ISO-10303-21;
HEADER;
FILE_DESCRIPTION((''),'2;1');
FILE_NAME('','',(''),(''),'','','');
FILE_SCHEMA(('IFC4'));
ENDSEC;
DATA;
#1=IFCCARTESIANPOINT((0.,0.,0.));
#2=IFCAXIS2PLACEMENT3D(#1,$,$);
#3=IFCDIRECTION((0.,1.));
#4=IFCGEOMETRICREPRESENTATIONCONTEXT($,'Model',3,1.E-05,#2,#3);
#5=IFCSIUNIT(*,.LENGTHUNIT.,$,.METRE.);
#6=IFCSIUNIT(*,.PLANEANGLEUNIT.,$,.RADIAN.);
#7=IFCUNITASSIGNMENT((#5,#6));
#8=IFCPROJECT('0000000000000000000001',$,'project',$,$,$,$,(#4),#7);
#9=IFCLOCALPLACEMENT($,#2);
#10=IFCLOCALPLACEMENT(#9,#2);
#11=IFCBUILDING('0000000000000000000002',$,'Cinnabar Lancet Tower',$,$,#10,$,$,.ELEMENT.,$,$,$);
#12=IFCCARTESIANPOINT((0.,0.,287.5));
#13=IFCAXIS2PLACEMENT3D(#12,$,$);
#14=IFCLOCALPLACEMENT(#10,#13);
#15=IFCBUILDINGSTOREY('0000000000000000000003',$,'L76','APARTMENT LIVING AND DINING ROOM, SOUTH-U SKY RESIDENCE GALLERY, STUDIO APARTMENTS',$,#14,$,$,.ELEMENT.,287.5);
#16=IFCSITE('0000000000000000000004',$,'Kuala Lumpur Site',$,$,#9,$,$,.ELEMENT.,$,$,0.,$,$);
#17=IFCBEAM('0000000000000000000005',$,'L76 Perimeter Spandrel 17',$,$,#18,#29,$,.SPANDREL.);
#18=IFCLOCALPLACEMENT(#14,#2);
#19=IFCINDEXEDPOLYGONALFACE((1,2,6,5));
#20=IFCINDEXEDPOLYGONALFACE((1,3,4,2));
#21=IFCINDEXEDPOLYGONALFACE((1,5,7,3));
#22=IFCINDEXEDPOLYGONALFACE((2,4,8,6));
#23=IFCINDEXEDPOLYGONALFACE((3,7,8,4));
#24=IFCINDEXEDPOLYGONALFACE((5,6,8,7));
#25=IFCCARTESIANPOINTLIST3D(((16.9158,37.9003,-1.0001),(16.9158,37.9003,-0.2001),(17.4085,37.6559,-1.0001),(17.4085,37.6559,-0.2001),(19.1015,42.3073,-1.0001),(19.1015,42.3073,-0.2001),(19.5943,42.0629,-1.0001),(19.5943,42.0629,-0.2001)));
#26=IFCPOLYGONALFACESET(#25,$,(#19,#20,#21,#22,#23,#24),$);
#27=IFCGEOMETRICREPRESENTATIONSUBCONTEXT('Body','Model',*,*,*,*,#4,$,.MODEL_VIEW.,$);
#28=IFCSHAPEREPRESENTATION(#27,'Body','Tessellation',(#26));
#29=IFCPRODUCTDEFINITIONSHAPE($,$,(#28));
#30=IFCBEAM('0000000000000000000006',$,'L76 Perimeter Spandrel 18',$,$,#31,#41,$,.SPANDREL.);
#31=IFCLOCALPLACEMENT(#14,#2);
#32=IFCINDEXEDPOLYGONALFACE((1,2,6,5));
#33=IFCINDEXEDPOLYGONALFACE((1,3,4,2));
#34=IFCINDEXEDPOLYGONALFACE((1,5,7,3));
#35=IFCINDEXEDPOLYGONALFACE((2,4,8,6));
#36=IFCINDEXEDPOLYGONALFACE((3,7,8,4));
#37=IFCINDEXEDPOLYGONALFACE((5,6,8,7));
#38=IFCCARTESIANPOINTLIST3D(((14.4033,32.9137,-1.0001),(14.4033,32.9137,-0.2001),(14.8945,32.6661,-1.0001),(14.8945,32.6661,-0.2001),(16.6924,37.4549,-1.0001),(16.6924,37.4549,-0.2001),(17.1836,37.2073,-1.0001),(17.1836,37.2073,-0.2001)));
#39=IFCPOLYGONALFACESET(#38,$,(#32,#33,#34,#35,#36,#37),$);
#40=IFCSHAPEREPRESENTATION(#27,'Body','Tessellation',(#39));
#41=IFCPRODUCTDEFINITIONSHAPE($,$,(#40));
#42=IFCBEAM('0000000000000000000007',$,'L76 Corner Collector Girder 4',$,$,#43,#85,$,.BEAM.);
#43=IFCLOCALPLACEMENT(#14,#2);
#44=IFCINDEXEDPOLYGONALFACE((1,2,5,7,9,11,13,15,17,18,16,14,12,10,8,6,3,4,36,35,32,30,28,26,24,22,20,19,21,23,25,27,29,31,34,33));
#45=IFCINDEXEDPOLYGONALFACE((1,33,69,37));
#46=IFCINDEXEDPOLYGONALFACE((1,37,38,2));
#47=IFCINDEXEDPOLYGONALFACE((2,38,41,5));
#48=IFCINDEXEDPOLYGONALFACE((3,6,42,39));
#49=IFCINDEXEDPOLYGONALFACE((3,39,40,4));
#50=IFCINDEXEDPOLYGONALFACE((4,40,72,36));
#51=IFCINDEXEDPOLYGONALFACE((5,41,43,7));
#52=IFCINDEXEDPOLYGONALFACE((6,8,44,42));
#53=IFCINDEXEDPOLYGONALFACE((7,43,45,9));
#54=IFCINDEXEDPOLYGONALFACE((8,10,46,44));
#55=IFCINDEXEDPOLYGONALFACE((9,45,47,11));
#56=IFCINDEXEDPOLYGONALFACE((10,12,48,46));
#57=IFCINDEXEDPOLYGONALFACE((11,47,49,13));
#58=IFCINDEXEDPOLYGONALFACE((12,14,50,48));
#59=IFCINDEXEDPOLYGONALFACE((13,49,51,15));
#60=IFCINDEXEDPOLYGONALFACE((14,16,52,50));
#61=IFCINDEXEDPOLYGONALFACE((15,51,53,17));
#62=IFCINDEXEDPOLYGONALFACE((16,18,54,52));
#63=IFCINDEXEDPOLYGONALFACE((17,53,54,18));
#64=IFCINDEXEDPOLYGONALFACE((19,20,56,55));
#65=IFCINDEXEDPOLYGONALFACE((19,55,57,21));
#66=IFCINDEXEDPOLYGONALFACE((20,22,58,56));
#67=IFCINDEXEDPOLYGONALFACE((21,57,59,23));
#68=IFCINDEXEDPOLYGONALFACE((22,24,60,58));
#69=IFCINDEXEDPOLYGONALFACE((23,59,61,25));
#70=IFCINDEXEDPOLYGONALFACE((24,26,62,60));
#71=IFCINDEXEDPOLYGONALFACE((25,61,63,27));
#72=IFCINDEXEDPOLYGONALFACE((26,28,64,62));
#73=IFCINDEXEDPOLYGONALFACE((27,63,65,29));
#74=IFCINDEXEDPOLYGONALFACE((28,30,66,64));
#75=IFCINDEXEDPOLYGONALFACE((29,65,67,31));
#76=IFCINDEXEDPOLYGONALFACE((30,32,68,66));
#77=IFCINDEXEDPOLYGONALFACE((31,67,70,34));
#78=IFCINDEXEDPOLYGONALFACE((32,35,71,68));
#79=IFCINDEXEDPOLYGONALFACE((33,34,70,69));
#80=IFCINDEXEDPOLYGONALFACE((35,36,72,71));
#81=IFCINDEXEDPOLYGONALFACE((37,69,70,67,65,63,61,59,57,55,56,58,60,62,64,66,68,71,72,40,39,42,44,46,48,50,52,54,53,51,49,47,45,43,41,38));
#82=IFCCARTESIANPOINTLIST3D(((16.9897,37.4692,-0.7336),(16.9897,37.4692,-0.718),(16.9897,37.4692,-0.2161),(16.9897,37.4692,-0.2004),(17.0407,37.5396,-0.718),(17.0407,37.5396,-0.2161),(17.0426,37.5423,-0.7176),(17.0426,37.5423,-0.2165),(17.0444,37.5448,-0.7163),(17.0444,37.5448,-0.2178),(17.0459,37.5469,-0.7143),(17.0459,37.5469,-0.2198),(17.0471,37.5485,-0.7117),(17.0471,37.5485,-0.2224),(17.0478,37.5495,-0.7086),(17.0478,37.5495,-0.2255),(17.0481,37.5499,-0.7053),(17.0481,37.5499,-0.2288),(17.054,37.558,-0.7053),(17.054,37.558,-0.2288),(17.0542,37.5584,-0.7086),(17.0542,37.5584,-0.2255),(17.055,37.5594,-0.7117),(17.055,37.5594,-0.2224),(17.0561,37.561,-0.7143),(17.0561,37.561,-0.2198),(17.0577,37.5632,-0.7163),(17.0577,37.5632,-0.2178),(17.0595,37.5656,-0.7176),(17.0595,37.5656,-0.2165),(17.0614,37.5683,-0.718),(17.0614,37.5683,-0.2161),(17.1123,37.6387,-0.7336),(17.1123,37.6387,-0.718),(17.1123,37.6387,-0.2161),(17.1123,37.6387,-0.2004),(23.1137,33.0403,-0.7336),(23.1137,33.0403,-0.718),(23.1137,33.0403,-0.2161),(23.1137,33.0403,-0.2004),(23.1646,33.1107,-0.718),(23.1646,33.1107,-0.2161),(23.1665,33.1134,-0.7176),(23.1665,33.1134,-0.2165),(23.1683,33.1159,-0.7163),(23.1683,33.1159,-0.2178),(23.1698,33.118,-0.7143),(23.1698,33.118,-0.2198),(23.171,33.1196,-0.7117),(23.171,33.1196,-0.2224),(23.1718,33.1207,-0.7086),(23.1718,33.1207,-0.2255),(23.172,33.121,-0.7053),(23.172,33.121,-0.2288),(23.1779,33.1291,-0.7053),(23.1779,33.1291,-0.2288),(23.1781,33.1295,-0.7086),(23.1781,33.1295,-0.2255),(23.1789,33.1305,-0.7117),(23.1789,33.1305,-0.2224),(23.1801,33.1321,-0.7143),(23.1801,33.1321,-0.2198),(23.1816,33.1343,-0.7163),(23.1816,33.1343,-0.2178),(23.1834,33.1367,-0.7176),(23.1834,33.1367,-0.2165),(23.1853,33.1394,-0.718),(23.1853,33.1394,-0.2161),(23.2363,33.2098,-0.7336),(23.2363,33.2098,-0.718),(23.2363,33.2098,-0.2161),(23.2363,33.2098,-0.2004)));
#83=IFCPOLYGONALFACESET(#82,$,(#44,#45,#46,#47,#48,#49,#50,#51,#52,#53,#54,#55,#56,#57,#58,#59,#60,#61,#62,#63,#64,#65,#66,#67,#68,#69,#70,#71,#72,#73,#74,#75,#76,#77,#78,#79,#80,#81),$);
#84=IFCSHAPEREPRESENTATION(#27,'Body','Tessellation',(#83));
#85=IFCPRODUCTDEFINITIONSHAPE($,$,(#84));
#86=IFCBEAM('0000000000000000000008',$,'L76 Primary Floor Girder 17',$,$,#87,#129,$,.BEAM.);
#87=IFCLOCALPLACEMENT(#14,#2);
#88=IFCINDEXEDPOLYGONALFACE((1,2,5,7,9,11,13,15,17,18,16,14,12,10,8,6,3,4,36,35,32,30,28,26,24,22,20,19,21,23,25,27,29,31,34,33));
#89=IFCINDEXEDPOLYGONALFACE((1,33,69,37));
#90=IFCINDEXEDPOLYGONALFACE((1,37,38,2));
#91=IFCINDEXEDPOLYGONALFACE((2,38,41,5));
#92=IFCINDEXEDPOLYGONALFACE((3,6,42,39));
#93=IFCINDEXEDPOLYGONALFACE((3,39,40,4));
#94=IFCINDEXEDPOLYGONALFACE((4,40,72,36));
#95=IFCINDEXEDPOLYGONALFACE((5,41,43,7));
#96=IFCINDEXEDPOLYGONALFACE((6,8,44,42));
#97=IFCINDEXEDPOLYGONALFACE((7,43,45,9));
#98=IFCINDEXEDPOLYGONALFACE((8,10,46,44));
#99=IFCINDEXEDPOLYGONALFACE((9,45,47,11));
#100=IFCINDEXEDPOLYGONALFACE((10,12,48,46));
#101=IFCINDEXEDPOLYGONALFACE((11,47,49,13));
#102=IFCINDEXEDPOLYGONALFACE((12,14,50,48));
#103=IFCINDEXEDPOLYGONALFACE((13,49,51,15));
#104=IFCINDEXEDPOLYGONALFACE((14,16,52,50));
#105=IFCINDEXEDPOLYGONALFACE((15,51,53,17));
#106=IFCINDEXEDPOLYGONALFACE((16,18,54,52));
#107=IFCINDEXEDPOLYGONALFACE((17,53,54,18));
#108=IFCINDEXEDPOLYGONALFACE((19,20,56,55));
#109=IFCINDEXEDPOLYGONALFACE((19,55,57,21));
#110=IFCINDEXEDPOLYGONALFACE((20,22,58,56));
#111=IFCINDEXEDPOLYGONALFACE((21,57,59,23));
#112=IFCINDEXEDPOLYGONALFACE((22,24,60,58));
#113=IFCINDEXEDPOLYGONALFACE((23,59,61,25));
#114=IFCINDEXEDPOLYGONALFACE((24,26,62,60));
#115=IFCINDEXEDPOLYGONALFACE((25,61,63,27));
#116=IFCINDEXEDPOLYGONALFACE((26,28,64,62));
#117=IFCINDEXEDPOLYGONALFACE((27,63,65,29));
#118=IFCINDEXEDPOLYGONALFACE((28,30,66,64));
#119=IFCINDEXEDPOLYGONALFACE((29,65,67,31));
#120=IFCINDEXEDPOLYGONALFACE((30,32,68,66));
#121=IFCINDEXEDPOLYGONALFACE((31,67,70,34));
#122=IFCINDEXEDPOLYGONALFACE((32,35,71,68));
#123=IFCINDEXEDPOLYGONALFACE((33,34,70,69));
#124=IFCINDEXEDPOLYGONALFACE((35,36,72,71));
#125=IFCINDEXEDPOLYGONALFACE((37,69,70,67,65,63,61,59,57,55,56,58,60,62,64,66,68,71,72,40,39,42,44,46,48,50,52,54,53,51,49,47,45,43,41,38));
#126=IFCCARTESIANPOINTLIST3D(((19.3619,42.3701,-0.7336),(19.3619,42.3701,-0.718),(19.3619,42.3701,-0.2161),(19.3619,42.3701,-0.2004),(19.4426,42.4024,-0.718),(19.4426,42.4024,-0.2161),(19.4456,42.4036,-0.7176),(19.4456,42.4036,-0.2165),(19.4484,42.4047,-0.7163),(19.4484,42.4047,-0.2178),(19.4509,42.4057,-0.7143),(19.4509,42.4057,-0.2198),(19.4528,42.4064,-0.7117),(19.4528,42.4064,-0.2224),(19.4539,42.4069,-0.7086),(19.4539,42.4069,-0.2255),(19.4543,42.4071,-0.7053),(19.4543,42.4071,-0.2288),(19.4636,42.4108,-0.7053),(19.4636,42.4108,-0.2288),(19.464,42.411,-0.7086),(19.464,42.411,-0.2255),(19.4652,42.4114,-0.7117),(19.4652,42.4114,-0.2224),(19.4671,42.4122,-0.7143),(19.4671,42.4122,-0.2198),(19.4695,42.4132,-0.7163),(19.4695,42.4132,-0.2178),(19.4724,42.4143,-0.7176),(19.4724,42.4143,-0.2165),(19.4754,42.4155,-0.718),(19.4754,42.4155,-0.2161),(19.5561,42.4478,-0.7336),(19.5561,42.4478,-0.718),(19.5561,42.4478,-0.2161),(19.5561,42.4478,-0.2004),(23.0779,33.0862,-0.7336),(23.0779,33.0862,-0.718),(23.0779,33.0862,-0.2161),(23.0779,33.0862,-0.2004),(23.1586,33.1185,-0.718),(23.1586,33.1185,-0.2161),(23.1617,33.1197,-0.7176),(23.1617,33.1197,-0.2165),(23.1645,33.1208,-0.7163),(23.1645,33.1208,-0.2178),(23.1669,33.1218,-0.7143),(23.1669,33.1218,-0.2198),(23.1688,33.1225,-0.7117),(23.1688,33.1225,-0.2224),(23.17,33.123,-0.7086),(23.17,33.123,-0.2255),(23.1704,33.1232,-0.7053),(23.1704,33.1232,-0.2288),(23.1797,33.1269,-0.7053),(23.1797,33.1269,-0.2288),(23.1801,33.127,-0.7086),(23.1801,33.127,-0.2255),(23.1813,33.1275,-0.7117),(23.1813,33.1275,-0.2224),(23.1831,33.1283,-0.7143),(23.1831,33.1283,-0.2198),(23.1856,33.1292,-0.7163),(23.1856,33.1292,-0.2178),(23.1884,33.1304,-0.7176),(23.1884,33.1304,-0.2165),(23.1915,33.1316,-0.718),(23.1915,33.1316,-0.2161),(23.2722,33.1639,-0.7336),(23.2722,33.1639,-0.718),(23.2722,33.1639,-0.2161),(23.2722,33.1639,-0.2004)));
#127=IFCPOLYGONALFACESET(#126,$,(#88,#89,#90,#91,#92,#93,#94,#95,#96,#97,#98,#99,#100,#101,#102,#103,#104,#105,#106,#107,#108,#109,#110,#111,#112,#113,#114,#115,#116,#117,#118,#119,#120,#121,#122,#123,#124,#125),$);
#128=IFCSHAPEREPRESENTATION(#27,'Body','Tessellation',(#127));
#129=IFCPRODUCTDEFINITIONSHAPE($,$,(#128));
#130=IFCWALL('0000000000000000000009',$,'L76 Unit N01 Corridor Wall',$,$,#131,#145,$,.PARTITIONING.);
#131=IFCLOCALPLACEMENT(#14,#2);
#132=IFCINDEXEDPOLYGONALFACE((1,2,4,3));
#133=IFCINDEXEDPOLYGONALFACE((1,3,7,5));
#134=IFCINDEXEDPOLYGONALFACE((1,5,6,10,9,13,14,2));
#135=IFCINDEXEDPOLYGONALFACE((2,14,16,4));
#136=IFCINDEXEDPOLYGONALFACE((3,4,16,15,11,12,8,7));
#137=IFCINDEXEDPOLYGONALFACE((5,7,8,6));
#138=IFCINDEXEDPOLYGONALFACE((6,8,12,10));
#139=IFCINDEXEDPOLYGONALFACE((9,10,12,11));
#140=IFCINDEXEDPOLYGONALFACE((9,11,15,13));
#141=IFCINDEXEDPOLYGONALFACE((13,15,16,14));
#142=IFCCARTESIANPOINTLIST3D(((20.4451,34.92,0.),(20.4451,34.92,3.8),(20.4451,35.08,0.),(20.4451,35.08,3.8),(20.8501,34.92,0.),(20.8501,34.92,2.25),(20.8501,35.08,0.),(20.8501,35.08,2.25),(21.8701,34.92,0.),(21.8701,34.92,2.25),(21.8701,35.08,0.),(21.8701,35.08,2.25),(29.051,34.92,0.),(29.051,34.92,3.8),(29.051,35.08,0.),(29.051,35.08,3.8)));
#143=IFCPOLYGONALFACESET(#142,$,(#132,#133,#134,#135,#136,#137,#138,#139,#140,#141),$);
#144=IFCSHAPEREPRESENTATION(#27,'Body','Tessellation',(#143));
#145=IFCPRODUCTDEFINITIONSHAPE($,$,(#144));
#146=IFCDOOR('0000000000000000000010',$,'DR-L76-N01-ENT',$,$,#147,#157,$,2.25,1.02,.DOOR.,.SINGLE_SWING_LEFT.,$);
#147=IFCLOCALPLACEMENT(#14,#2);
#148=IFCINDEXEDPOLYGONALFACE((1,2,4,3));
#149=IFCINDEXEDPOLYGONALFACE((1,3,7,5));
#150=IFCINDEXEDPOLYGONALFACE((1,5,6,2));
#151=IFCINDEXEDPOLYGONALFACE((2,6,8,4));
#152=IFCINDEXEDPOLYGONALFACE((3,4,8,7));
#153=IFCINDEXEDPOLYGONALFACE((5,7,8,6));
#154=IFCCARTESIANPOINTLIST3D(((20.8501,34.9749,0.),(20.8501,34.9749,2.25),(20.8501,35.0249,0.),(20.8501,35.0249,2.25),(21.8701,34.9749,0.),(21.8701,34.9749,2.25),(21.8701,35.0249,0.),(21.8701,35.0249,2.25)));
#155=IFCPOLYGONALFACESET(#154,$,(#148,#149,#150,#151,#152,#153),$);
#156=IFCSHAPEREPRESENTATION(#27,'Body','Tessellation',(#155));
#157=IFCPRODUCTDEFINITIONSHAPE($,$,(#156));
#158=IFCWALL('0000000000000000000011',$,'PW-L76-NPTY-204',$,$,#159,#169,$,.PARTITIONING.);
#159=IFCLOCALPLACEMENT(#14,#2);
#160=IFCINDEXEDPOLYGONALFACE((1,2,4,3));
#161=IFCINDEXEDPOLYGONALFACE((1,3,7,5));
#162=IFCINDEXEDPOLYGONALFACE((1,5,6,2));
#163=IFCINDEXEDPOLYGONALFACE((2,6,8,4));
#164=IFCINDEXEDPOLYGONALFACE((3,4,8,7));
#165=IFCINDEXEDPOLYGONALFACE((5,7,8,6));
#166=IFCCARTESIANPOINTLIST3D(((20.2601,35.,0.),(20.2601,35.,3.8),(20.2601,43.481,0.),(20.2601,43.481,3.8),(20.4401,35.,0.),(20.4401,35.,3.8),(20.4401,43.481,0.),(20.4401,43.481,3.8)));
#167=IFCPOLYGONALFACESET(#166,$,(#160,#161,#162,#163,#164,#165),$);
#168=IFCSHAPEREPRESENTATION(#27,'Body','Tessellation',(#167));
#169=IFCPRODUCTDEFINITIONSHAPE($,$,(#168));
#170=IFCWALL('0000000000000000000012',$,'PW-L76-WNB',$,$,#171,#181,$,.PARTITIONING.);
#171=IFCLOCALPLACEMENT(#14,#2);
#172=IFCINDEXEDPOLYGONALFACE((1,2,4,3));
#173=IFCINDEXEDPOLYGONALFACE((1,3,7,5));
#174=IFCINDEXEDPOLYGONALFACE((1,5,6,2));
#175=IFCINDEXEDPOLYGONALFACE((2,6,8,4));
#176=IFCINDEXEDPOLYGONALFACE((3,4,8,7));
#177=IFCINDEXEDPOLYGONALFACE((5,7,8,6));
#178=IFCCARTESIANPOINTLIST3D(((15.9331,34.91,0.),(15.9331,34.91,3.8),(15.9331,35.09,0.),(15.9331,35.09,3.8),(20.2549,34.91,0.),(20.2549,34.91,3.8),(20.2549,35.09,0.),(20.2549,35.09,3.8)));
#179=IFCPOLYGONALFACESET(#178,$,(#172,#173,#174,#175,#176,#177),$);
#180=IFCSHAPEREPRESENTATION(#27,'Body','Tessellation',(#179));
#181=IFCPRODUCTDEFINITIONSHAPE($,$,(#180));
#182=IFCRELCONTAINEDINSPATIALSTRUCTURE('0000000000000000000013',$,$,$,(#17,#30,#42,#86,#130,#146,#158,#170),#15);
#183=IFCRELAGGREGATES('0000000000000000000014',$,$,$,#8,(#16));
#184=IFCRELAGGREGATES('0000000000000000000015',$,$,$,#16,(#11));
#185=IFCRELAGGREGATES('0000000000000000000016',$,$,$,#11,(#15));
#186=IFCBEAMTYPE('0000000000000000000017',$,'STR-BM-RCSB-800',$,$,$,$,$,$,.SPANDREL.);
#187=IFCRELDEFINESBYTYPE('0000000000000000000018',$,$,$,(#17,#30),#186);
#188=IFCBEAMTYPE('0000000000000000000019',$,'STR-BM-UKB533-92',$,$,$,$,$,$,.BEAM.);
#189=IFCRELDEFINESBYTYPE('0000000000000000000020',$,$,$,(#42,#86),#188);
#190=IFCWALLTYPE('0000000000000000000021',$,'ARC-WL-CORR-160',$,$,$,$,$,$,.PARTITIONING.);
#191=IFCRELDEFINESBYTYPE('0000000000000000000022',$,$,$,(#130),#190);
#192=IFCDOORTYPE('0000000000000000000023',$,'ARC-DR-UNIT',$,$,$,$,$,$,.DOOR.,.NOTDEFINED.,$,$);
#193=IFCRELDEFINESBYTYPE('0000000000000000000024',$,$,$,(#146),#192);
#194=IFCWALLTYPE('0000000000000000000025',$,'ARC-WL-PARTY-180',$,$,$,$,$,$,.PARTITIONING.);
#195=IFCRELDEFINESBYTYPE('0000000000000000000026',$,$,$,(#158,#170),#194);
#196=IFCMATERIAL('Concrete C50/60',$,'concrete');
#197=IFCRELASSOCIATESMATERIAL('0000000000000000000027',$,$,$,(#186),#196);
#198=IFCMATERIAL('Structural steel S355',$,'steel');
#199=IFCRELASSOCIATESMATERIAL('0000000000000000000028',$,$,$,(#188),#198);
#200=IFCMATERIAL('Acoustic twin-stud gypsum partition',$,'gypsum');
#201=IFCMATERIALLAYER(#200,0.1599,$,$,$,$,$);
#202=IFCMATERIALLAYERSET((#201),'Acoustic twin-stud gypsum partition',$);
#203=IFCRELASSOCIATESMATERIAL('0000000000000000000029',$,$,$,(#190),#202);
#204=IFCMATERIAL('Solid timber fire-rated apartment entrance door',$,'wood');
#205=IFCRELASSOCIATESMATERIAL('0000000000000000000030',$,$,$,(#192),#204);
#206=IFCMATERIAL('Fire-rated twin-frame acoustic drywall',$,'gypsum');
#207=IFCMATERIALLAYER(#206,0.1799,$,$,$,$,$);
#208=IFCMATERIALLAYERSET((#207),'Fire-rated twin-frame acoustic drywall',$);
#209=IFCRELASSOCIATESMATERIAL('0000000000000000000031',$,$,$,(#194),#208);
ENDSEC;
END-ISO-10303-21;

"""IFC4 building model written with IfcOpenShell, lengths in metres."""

from ifc_helpers import new_model, si_unit, direction, frame, frame_2d, origin, origin_2d, place, context, subcontext, project, spatial, rectangle, i_section, extrude, material, layer, layer_set, material_profile, profile_set, type_object, element, fill, save


model = new_model("IFC4")

# Units and contexts
model_context = context("Model", 3, precision=1e-05, world=origin(), true_north=direction((0.0, 1.0)))
body_context = subcontext(model_context, "Body", "Model", "MODEL_VIEW")
ifc_project = project(units=[si_unit("LENGTHUNIT", "METRE"), si_unit("PLANEANGLEUNIT", "RADIAN")], contexts=[model_context])

# Site, building, storey
site_placement = place(None, origin())
site = spatial("IfcSite", under=ifc_project, at=site_placement, Name="Kuala Lumpur Site", CompositionType="ELEMENT", RefElevation=0.0)
building_placement = place(site_placement, origin())
building = spatial("IfcBuilding", under=site, at=building_placement, Name="Cinnabar Lancet Tower", CompositionType="ELEMENT")
storey_placement = place(building_placement, frame((0.0, 0.0, 287.5)))
storey = spatial("IfcBuildingStorey", under=building, at=storey_placement, Name="L76", Description="APARTMENT LIVING AND DINING ROOM, SOUTH-U SKY RESIDENCE GALLERY, STUDIO APARTMENTS", CompositionType="ELEMENT", Elevation=287.5)

# Beams
ifc_material_1 = material(Name="Concrete C50/60", Category="concrete")
ifc_material_profile_1 = material_profile(ifc_material_1, rectangle(XDim=0.55, YDim=0.8, at=origin_2d()), Name="RC-SB 550x800")
ifc_profile_set_1 = profile_set([ifc_material_profile_1], Name="Concrete C50/60")
beam_type_1 = type_object("IfcBeamType", Name="STR-BM-RCSB-800", PredefinedType="SPANDREL", material=ifc_profile_set_1)
beam_1_placement = place(storey_placement, frame((19.3479, 42.1851, -0.6001), z_axis=(-0.444333, -0.895862, 0.0), x_axis=(0.895862, -0.444333, 0.0)))
element("IfcBeam", 1, at=beam_1_placement, inside=storey, type_object=beam_type_1, Name="L76 Perimeter Spandrel 17", PredefinedType="SPANDREL", context=body_context, shape_type="SweptSolid", body=[
    extrude(rectangle(XDim=0.55, YDim=0.8, at=origin_2d()), origin(), (0.0, 0.0, 1.0), 4.9192),
])
beam_2_placement = place(storey_placement, frame((16.938, 37.3311, -0.6001), z_axis=(-0.45013, -0.892963, 0.0), x_axis=(0.892963, -0.45013, 0.0)))
element("IfcBeam", 2, at=beam_2_placement, inside=storey, type_object=beam_type_1, Name="L76 Perimeter Spandrel 18", PredefinedType="SPANDREL", context=body_context, shape_type="SweptSolid", body=[
    extrude(rectangle(XDim=0.55, YDim=0.8, at=origin_2d()), origin(), (0.0, 0.0, 1.0), 5.0854),
])
ifc_material_2 = material(Name="Structural steel S355", Category="steel")
ifc_material_profile_2 = material_profile(ifc_material_2, i_section(OverallWidth=0.2092, OverallDepth=0.5332, WebThickness=0.01, FlangeThickness=0.0156, FilletRadius=0.0127, at=origin_2d()), Name="UKB 533x210x92")
ifc_profile_set_2 = profile_set([ifc_material_profile_2], Name="Structural steel S355")
beam_type_2 = type_object("IfcBeamType", Name="STR-BM-UKB533-92", PredefinedType="BEAM", material=ifc_profile_set_2)
beam_3_placement = place(storey_placement, frame((17.051, 37.554, -0.467), z_axis=(0.810299, -0.586016, 0.0), x_axis=(0.586016, 0.810299, 0.0)))
element("IfcBeam", 3, at=beam_3_placement, inside=storey, type_object=beam_type_2, Name="L76 Corner Collector Girder 4", PredefinedType="BEAM", context=body_context, shape_type="SweptSolid", body=[
    extrude(i_section(OverallWidth=0.2092, OverallDepth=0.5332, WebThickness=0.01, FlangeThickness=0.0156, FilletRadius=0.0127, at=origin_2d()), origin(), (0.0, 0.0, 1.0), 7.5576),
])
beam_4_placement = place(storey_placement, frame((19.459, 42.4089, -0.467), z_axis=(0.371605, -0.928391, 0.0), x_axis=(0.928391, 0.371605, 0.0)))
element("IfcBeam", 4, at=beam_4_placement, inside=storey, type_object=beam_type_2, Name="L76 Primary Floor Girder 17", PredefinedType="BEAM", context=body_context, shape_type="SweptSolid", body=[
    extrude(i_section(OverallWidth=0.2092, OverallDepth=0.5332, WebThickness=0.01, FlangeThickness=0.0156, FilletRadius=0.0127, at=origin_2d()), origin(), (0.0, 0.0, 1.0), 10.0),
])

# Wall, opening, door
ifc_material_3 = material(Name="Acoustic twin-stud gypsum partition", Category="gypsum")
ifc_layer_1 = layer(ifc_material_3, 0.1599)
ifc_layer_set_1 = layer_set([ifc_layer_1], Name="Acoustic twin-stud gypsum partition")
wall_type_1 = type_object("IfcWallType", Name="ARC-WL-CORR-160", PredefinedType="PARTITIONING", material=ifc_layer_set_1)
wall_1_placement = place(storey_placement, frame((20.4451, 35.0, 0.0), z_axis=(0.0, 0.0, 1.0), x_axis=(1.0, 0.0, 0.0)))
wall_1 = element("IfcWall", 5, at=wall_1_placement, inside=storey, type_object=wall_type_1, Name="L76 Unit N01 Corridor Wall", PredefinedType="PARTITIONING", context=body_context, shape_type="SweptSolid", body=[
    extrude(rectangle(XDim=8.606, YDim=0.1599, at=frame_2d((4.303, 0.0))), origin(), (0.0, 0.0, 1.0), 3.8),
])
opening_1_placement = place(wall_1_placement, frame((0.405, 0.0, 0.0)))
opening_1 = element("IfcOpeningElement", 6, at=opening_1_placement, cuts=wall_1, PredefinedType="OPENING", context=body_context, shape_type="SweptSolid", body=[
    extrude(rectangle(XDim=1.02, YDim=2.25, at=frame_2d((0.51, 1.125))), frame((0.0, 0.0898, 0.0), z_axis=(0.0, -1.0, 0.0), x_axis=(1.0, 0.0, 0.0)), (0.0, 0.0, 1.0), 0.1799),
])
ifc_material_4 = material(Name="Solid timber fire-rated apartment entrance door", Category="wood")
door_type = type_object("IfcDoorType", Name="ARC-DR-UNIT", OperationType="NOTDEFINED", PredefinedType="DOOR", material=ifc_material_4)
door_placement = place(opening_1_placement, origin())
door = element("IfcDoor", 7, at=door_placement, inside=storey, type_object=door_type, Name="DR-L76-N01-ENT", OperationType="SINGLE_SWING_LEFT", OverallHeight=2.25, OverallWidth=1.02, PredefinedType="DOOR", context=body_context, shape_type="SweptSolid", body=[
    extrude(rectangle(XDim=1.02, YDim=2.25, at=frame_2d((0.51, 1.125))), frame((0.0, 0.0249, 0.0), z_axis=(0.0, -1.0, 0.0), x_axis=(1.0, 0.0, 0.0)), (0.0, 0.0, 1.0), 0.05),
])
fill(opening_1, door)

# Walls
ifc_material_5 = material(Name="Fire-rated twin-frame acoustic drywall", Category="gypsum")
ifc_layer_2 = layer(ifc_material_5, 0.1799)
ifc_layer_set_2 = layer_set([ifc_layer_2], Name="Fire-rated twin-frame acoustic drywall")
wall_type_2 = type_object("IfcWallType", Name="ARC-WL-PARTY-180", PredefinedType="PARTITIONING", material=ifc_layer_set_2)
wall_2_placement = place(storey_placement, frame((20.3501, 35.0, 0.0), z_axis=(0.0, 0.0, 1.0), x_axis=(0.0, 1.0, 0.0)))
element("IfcWall", 8, at=wall_2_placement, inside=storey, type_object=wall_type_2, Name="PW-L76-NPTY-204", PredefinedType="PARTITIONING", context=body_context, shape_type="SweptSolid", body=[
    extrude(rectangle(XDim=8.481, YDim=0.1799, at=frame_2d((4.2405, 0.0))), origin(), (0.0, 0.0, 1.0), 3.8),
])
wall_3_placement = place(storey_placement, frame((15.9331, 35.0, 0.0), z_axis=(0.0, 0.0, 1.0), x_axis=(1.0, 0.0, 0.0)))
element("IfcWall", 9, at=wall_3_placement, inside=storey, type_object=wall_type_2, Name="PW-L76-WNB", PredefinedType="PARTITIONING", context=body_context, shape_type="SweptSolid", body=[
    extrude(rectangle(XDim=4.3218, YDim=0.1799, at=frame_2d((2.1609, 0.0))), origin(), (0.0, 0.0, 1.0), 3.8),
])

save(model, "model.ifc")
